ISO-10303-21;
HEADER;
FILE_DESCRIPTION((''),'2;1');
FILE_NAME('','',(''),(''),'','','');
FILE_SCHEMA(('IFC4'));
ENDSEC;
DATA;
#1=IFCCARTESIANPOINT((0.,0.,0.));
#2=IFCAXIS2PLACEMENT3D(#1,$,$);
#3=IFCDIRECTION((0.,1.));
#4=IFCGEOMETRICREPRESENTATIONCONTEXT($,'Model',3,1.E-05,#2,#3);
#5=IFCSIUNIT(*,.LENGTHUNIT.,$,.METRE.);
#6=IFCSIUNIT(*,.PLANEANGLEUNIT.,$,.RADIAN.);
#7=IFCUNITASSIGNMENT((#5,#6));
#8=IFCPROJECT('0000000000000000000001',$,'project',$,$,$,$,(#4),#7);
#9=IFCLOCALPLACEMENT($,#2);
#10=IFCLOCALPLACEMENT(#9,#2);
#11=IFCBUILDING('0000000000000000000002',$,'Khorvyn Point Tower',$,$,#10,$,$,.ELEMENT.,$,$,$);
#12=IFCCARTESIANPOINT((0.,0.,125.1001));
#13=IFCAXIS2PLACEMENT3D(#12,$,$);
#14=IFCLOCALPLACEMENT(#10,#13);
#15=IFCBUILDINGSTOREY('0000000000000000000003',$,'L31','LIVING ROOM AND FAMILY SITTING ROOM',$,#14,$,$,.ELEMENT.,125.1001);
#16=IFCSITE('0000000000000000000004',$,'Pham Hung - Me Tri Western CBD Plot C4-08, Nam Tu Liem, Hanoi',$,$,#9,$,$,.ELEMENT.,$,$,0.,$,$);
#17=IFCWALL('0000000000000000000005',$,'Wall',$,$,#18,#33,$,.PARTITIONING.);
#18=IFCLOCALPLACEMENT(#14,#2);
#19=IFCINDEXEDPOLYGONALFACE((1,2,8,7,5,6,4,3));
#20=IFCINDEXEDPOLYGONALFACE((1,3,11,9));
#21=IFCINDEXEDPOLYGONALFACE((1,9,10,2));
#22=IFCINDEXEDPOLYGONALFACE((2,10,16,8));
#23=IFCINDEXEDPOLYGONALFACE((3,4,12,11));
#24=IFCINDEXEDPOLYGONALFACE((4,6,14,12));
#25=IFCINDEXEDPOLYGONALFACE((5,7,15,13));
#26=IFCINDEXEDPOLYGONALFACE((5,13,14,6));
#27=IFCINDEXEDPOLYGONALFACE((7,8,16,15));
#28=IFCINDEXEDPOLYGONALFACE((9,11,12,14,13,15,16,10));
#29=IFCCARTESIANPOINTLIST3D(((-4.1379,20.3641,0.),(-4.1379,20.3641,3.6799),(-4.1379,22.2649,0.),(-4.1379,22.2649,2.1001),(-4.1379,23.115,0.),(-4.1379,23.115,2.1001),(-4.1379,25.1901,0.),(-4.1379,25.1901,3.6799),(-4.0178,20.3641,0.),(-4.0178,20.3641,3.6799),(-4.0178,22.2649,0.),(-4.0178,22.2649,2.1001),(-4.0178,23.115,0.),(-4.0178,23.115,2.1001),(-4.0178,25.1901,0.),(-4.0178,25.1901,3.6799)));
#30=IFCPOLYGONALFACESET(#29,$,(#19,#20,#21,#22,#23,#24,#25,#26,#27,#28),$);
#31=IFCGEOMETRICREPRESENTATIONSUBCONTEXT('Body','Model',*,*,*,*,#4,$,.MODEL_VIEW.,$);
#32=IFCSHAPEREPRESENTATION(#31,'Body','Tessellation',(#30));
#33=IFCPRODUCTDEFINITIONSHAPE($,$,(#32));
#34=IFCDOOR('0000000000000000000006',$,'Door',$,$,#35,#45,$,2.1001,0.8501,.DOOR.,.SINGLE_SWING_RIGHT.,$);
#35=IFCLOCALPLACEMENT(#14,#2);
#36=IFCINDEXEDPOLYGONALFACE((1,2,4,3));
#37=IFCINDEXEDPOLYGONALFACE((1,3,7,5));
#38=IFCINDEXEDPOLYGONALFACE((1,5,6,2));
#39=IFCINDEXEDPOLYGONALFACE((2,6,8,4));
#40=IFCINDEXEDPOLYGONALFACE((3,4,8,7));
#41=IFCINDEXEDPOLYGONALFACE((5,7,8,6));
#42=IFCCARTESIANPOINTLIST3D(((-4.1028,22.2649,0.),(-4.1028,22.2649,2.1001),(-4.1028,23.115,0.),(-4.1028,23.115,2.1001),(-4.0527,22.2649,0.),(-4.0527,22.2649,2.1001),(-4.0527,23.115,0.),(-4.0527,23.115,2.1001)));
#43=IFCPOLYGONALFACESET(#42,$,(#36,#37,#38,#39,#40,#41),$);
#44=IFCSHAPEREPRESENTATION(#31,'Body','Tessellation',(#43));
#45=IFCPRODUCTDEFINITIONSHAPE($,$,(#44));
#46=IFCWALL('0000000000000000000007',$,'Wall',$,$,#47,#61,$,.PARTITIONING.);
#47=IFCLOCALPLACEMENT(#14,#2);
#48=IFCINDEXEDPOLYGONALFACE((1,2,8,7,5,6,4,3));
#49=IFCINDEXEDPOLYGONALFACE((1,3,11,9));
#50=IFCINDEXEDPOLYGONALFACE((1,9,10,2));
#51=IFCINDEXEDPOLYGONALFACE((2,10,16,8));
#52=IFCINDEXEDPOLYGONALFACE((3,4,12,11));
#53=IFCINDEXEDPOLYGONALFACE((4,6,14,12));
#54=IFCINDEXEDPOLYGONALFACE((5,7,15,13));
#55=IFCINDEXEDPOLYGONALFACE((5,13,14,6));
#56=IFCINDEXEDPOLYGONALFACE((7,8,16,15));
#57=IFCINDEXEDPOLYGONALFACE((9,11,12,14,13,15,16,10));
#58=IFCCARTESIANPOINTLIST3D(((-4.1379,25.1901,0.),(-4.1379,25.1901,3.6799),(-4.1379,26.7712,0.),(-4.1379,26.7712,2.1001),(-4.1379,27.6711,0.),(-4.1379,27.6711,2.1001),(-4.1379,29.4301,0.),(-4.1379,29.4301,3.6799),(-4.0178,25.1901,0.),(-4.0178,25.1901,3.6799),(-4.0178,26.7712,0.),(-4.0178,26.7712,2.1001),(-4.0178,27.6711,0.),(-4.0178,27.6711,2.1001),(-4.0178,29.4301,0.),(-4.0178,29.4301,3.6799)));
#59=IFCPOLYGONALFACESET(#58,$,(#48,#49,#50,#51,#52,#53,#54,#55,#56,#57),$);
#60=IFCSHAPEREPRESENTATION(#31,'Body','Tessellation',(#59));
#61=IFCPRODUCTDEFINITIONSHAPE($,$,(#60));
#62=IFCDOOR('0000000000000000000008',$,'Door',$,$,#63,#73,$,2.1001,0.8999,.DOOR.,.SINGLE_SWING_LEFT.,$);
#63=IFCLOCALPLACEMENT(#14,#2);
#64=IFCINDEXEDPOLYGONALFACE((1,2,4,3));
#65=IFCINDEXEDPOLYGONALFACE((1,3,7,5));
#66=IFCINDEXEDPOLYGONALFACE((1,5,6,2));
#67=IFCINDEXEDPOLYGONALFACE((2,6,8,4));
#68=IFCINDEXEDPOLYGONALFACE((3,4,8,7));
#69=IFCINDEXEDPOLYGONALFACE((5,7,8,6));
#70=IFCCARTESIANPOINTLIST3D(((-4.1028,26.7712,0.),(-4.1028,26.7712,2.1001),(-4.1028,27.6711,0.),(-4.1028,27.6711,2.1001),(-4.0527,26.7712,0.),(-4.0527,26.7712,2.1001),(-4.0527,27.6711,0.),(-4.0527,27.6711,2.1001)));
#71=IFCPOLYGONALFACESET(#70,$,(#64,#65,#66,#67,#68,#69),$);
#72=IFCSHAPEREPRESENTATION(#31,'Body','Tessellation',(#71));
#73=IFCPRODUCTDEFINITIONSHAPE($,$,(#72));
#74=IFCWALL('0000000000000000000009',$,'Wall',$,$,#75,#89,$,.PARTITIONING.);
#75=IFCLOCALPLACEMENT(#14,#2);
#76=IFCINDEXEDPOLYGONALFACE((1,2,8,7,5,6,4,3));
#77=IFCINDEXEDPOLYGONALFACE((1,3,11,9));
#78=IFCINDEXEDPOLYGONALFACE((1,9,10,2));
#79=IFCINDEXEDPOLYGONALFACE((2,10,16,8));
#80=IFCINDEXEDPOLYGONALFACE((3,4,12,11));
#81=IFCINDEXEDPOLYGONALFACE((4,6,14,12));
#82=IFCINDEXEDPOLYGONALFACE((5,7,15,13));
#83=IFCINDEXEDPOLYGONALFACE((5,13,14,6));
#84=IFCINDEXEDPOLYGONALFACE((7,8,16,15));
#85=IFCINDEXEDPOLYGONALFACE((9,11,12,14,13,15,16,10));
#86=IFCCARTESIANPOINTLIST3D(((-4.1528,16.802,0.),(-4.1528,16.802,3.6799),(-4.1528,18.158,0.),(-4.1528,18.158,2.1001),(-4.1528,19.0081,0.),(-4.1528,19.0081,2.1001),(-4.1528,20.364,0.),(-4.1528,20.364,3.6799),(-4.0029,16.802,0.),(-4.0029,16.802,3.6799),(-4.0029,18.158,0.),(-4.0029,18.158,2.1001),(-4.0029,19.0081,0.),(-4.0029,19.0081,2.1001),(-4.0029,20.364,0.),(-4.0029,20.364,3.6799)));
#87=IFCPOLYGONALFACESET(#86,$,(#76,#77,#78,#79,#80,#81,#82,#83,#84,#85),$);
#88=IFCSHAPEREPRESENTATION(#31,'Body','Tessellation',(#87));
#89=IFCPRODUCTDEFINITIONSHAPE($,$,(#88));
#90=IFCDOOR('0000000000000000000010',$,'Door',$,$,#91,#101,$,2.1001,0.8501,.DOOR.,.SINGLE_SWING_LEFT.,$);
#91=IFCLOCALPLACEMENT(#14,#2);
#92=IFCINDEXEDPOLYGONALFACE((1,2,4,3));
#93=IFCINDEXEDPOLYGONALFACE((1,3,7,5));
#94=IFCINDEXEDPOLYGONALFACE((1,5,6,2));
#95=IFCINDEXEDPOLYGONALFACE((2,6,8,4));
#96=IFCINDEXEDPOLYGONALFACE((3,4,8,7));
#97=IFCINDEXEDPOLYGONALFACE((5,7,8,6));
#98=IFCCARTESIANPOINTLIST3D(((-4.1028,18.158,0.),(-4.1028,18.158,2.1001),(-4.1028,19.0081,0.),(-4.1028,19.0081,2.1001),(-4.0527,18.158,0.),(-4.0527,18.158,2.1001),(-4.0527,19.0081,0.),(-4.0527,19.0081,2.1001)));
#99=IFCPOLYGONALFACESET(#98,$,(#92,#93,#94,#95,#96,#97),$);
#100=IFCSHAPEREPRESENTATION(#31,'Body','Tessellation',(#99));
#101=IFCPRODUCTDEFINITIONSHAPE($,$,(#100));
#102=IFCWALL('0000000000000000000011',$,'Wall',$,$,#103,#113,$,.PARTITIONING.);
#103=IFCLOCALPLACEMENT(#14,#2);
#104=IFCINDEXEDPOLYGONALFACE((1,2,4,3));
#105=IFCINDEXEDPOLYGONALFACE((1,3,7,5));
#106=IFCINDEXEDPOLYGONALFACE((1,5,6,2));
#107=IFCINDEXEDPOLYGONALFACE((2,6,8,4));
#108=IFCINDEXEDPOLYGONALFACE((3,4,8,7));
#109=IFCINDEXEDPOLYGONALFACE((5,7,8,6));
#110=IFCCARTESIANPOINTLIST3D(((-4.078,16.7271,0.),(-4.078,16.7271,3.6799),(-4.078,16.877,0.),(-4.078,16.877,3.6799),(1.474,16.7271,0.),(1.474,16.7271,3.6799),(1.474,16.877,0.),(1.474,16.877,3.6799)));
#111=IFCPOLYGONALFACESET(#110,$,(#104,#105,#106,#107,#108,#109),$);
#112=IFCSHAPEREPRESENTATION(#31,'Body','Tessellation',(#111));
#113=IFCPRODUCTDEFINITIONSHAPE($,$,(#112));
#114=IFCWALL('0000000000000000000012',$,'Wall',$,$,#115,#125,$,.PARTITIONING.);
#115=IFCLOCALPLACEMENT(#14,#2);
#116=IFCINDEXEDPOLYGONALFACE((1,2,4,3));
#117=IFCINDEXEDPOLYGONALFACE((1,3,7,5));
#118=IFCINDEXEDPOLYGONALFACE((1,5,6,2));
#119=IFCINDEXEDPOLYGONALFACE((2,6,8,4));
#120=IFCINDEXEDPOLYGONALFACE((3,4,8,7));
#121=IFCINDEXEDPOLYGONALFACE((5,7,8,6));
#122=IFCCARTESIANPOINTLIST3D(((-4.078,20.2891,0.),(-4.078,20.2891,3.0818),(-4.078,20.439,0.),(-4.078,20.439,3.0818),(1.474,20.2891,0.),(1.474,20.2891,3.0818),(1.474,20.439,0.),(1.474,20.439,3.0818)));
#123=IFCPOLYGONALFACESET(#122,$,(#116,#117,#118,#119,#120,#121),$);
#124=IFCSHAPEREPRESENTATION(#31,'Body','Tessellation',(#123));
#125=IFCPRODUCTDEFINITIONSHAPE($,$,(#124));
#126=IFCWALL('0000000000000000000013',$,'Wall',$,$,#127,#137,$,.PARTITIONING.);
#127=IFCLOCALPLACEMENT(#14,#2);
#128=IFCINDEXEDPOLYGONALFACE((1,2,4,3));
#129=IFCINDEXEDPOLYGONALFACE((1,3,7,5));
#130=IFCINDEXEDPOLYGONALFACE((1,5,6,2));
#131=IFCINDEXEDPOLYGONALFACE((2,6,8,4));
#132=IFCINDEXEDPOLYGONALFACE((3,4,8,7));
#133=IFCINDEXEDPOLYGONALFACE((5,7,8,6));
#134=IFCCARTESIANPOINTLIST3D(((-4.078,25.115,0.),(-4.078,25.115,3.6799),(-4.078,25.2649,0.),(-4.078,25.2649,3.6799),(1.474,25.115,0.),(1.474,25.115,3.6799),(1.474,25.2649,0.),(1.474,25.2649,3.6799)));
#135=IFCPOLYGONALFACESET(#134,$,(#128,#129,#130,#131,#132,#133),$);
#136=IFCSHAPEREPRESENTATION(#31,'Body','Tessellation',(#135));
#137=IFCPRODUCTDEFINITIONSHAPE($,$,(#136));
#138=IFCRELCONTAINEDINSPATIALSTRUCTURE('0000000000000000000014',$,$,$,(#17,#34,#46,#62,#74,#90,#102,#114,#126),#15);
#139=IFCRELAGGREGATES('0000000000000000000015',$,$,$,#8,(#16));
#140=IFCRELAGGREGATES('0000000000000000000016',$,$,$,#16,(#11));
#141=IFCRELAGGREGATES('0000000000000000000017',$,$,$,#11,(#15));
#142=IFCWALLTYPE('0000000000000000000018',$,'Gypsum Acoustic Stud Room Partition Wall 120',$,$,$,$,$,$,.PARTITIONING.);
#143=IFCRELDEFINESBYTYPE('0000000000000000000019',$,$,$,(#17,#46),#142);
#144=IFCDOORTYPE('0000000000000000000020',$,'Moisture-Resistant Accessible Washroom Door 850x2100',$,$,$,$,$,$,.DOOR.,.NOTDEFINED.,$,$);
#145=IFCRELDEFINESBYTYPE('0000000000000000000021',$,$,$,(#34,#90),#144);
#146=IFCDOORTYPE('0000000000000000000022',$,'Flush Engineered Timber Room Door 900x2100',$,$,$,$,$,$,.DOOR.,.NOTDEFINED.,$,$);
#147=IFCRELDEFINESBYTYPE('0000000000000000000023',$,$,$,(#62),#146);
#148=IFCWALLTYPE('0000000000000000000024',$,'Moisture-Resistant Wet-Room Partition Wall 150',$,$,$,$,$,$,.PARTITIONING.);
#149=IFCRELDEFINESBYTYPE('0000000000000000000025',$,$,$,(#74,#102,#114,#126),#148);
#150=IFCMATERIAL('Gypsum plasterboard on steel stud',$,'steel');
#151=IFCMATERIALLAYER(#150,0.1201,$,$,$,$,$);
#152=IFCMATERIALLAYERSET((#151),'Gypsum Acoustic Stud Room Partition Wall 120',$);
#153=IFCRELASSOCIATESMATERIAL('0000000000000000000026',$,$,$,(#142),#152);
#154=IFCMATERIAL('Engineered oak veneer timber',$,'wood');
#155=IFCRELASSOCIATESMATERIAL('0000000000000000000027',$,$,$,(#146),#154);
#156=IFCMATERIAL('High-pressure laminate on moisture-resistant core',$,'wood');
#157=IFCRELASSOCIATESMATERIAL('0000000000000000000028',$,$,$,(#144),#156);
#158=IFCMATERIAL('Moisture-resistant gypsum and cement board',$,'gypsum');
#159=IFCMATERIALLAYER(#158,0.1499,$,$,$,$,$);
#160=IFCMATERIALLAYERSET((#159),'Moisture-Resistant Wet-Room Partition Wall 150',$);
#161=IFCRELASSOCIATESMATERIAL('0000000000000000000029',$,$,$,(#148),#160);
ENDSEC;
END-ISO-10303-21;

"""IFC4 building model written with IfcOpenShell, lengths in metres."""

from ifc_helpers import new_model, si_unit, direction, frame, frame_2d, origin, place, context, subcontext, project, spatial, rectangle, extrude, material, layer, layer_set, type_object, element, fill, save


model = new_model("IFC4")

# Units and contexts
model_context = context("Model", 3, precision=1e-05, world=origin(), true_north=direction((0.0, 1.0)))
body_context = subcontext(model_context, "Body", "Model", "MODEL_VIEW")
ifc_project = project(units=[si_unit("LENGTHUNIT", "METRE"), si_unit("PLANEANGLEUNIT", "RADIAN")], contexts=[model_context])

# Site, building, storey
site_placement = place(None, origin())
site = spatial("IfcSite", under=ifc_project, at=site_placement, Name="Pham Hung - Me Tri Western CBD Plot C4-08, Nam Tu Liem, Hanoi", CompositionType="ELEMENT", RefElevation=0.0)
building_placement = place(site_placement, origin())
building = spatial("IfcBuilding", under=site, at=building_placement, Name="Khorvyn Point Tower", CompositionType="ELEMENT")
storey_placement = place(building_placement, frame((0.0, 0.0, 125.1001)))
storey = spatial("IfcBuildingStorey", under=building, at=storey_placement, Name="L31", Description="LIVING ROOM AND FAMILY SITTING ROOM", CompositionType="ELEMENT", Elevation=125.1001)

# Walls, openings, doors
ifc_material_1 = material(Name="Gypsum plasterboard on steel stud", Category="steel")
ifc_layer_1 = layer(ifc_material_1, 0.1201)
ifc_layer_set_1 = layer_set([ifc_layer_1], Name="Gypsum Acoustic Stud Room Partition Wall 120")
wall_type_1 = type_object("IfcWallType", Name="Gypsum Acoustic Stud Room Partition Wall 120", PredefinedType="PARTITIONING", material=ifc_layer_set_1)
ifc_material_2 = material(Name="Engineered oak veneer timber", Category="wood")
door_type_1 = type_object("IfcDoorType", Name="Flush Engineered Timber Room Door 900x2100", OperationType="NOTDEFINED", PredefinedType="DOOR", material=ifc_material_2)
wall_1_placement = place(storey_placement, frame((-4.0779, 20.364, 0.0), z_axis=(0.0, 0.0, 1.0), x_axis=(0.0, 1.0, 0.0)))
wall_1 = element("IfcWall", 1, at=wall_1_placement, inside=storey, type_object=wall_type_1, Name="Wall", PredefinedType="PARTITIONING", context=body_context, shape_type="SweptSolid", body=[
    extrude(rectangle(XDim=4.8259, YDim=0.1201, at=frame_2d((2.4131, 0.0))), origin(), (0.0, 0.0, 1.0), 3.6799),
])
opening_1_placement = place(wall_1_placement, frame((1.9009, 0.0, 0.0)))
opening_1 = element("IfcOpeningElement", 2, at=opening_1_placement, cuts=wall_1, PredefinedType="OPENING", context=body_context, shape_type="SweptSolid", body=[
    extrude(rectangle(XDim=0.8501, YDim=2.1001, at=frame_2d((0.425, 1.05))), frame((0.0, 0.0701, 0.0), z_axis=(0.0, -1.0, 0.0), x_axis=(1.0, 0.0, 0.0)), (0.0, 0.0, 1.0), 0.1401),
])
ifc_material_3 = material(Name="High-pressure laminate on moisture-resistant core", Category="wood")
door_type_2 = type_object("IfcDoorType", Name="Moisture-Resistant Accessible Washroom Door 850x2100", OperationType="NOTDEFINED", PredefinedType="DOOR", material=ifc_material_3)
door_1_placement = place(opening_1_placement, origin())
door_1 = element("IfcDoor", 3, at=door_1_placement, inside=storey, type_object=door_type_2, Name="Door", OperationType="SINGLE_SWING_RIGHT", OverallHeight=2.1001, OverallWidth=0.8501, PredefinedType="DOOR", context=body_context, shape_type="SweptSolid", body=[
    extrude(rectangle(XDim=0.8501, YDim=2.1001, at=frame_2d((0.425, 1.05))), frame((0.0, 0.0249, 0.0), z_axis=(0.0, -1.0, 0.0), x_axis=(1.0, 0.0, 0.0)), (0.0, 0.0, 1.0), 0.05),
])
fill(opening_1, door_1)
wall_2_placement = place(storey_placement, frame((-4.0779, 25.1899, 0.0), z_axis=(0.0, 0.0, 1.0), x_axis=(0.0, 1.0, 0.0)))
wall_2 = element("IfcWall", 4, at=wall_2_placement, inside=storey, type_object=wall_type_1, Name="Wall", PredefinedType="PARTITIONING", context=body_context, shape_type="SweptSolid", body=[
    extrude(rectangle(XDim=4.24, YDim=0.1201, at=frame_2d((2.1201, 0.0))), origin(), (0.0, 0.0, 1.0), 3.6799),
])
opening_2_placement = place(wall_2_placement, frame((1.5813, 0.0, 0.0)))
opening_2 = element("IfcOpeningElement", 5, at=opening_2_placement, cuts=wall_2, PredefinedType="OPENING", context=body_context, shape_type="SweptSolid", body=[
    extrude(rectangle(XDim=0.8999, YDim=2.1001, at=frame_2d((0.45, 1.05))), frame((0.0, 0.0701, 0.0), z_axis=(0.0, -1.0, 0.0), x_axis=(1.0, 0.0, 0.0)), (0.0, 0.0, 1.0), 0.1401),
])
door_2_placement = place(opening_2_placement, origin())
door_2 = element("IfcDoor", 6, at=door_2_placement, inside=storey, type_object=door_type_1, Name="Door", OperationType="SINGLE_SWING_LEFT", OverallHeight=2.1001, OverallWidth=0.8999, PredefinedType="DOOR", context=body_context, shape_type="SweptSolid", body=[
    extrude(rectangle(XDim=0.8999, YDim=2.1001, at=frame_2d((0.45, 1.05))), frame((0.0, 0.0249, 0.0), z_axis=(0.0, -1.0, 0.0), x_axis=(1.0, 0.0, 0.0)), (0.0, 0.0, 1.0), 0.05),
])
fill(opening_2, door_2)
ifc_material_4 = material(Name="Moisture-resistant gypsum and cement board", Category="gypsum")
ifc_layer_2 = layer(ifc_material_4, 0.1499)
ifc_layer_set_2 = layer_set([ifc_layer_2], Name="Moisture-Resistant Wet-Room Partition Wall 150")
wall_type_2 = type_object("IfcWallType", Name="Moisture-Resistant Wet-Room Partition Wall 150", PredefinedType="PARTITIONING", material=ifc_layer_set_2)
wall_3_placement = place(storey_placement, frame((-4.0779, 16.802, 0.0), z_axis=(0.0, 0.0, 1.0), x_axis=(0.0, 1.0, 0.0)))
wall_3 = element("IfcWall", 7, at=wall_3_placement, inside=storey, type_object=wall_type_2, Name="Wall", PredefinedType="PARTITIONING", context=body_context, shape_type="SweptSolid", body=[
    extrude(rectangle(XDim=3.562, YDim=0.1499, at=frame_2d((1.781, 0.0))), origin(), (0.0, 0.0, 1.0), 3.6799),
])
opening_3_placement = place(wall_3_placement, frame((1.356, 0.0, 0.0)))
opening_3 = element("IfcOpeningElement", 8, at=opening_3_placement, cuts=wall_3, PredefinedType="OPENING", context=body_context, shape_type="SweptSolid", body=[
    extrude(rectangle(XDim=0.8501, YDim=2.1001, at=frame_2d((0.425, 1.05))), frame((0.0, 0.085, 0.0), z_axis=(0.0, -1.0, 0.0), x_axis=(1.0, 0.0, 0.0)), (0.0, 0.0, 1.0), 0.1699),
])
door_3_placement = place(opening_3_placement, origin())
door_3 = element("IfcDoor", 9, at=door_3_placement, inside=storey, type_object=door_type_2, Name="Door", OperationType="SINGLE_SWING_LEFT", OverallHeight=2.1001, OverallWidth=0.8501, PredefinedType="DOOR", context=body_context, shape_type="SweptSolid", body=[
    extrude(rectangle(XDim=0.8501, YDim=2.1001, at=frame_2d((0.425, 1.05))), frame((0.0, 0.0249, 0.0), z_axis=(0.0, -1.0, 0.0), x_axis=(1.0, 0.0, 0.0)), (0.0, 0.0, 1.0), 0.05),
])
fill(opening_3, door_3)

# Walls
wall_4_placement = place(storey_placement, frame((-4.0779, 16.802, 0.0), z_axis=(0.0, 0.0, 1.0), x_axis=(1.0, 0.0, 0.0)))
element("IfcWall", 10, at=wall_4_placement, inside=storey, type_object=wall_type_2, Name="Wall", PredefinedType="PARTITIONING", context=body_context, shape_type="SweptSolid", body=[
    extrude(rectangle(XDim=5.552, YDim=0.1499, at=frame_2d((2.7759, 0.0))), origin(), (0.0, 0.0, 1.0), 3.6799),
])
wall_5_placement = place(storey_placement, frame((-4.0779, 20.364, 0.0), z_axis=(0.0, 0.0, 1.0), x_axis=(1.0, 0.0, 0.0)))
element("IfcWall", 11, at=wall_5_placement, inside=storey, type_object=wall_type_2, Name="Wall", PredefinedType="PARTITIONING", context=body_context, shape_type="SweptSolid", body=[
    extrude(rectangle(XDim=5.552, YDim=0.1499, at=frame_2d((2.7759, 0.0))), origin(), (0.0, 0.0, 1.0), 3.0818),
])
wall_6_placement = place(storey_placement, frame((-4.0779, 25.1899, 0.0), z_axis=(0.0, 0.0, 1.0), x_axis=(1.0, 0.0, 0.0)))
element("IfcWall", 12, at=wall_6_placement, inside=storey, type_object=wall_type_2, Name="Wall", PredefinedType="PARTITIONING", context=body_context, shape_type="SweptSolid", body=[
    extrude(rectangle(XDim=5.552, YDim=0.1499, at=frame_2d((2.7759, 0.0))), origin(), (0.0, 0.0, 1.0), 3.6799),
])

save(model, "model.ifc")
